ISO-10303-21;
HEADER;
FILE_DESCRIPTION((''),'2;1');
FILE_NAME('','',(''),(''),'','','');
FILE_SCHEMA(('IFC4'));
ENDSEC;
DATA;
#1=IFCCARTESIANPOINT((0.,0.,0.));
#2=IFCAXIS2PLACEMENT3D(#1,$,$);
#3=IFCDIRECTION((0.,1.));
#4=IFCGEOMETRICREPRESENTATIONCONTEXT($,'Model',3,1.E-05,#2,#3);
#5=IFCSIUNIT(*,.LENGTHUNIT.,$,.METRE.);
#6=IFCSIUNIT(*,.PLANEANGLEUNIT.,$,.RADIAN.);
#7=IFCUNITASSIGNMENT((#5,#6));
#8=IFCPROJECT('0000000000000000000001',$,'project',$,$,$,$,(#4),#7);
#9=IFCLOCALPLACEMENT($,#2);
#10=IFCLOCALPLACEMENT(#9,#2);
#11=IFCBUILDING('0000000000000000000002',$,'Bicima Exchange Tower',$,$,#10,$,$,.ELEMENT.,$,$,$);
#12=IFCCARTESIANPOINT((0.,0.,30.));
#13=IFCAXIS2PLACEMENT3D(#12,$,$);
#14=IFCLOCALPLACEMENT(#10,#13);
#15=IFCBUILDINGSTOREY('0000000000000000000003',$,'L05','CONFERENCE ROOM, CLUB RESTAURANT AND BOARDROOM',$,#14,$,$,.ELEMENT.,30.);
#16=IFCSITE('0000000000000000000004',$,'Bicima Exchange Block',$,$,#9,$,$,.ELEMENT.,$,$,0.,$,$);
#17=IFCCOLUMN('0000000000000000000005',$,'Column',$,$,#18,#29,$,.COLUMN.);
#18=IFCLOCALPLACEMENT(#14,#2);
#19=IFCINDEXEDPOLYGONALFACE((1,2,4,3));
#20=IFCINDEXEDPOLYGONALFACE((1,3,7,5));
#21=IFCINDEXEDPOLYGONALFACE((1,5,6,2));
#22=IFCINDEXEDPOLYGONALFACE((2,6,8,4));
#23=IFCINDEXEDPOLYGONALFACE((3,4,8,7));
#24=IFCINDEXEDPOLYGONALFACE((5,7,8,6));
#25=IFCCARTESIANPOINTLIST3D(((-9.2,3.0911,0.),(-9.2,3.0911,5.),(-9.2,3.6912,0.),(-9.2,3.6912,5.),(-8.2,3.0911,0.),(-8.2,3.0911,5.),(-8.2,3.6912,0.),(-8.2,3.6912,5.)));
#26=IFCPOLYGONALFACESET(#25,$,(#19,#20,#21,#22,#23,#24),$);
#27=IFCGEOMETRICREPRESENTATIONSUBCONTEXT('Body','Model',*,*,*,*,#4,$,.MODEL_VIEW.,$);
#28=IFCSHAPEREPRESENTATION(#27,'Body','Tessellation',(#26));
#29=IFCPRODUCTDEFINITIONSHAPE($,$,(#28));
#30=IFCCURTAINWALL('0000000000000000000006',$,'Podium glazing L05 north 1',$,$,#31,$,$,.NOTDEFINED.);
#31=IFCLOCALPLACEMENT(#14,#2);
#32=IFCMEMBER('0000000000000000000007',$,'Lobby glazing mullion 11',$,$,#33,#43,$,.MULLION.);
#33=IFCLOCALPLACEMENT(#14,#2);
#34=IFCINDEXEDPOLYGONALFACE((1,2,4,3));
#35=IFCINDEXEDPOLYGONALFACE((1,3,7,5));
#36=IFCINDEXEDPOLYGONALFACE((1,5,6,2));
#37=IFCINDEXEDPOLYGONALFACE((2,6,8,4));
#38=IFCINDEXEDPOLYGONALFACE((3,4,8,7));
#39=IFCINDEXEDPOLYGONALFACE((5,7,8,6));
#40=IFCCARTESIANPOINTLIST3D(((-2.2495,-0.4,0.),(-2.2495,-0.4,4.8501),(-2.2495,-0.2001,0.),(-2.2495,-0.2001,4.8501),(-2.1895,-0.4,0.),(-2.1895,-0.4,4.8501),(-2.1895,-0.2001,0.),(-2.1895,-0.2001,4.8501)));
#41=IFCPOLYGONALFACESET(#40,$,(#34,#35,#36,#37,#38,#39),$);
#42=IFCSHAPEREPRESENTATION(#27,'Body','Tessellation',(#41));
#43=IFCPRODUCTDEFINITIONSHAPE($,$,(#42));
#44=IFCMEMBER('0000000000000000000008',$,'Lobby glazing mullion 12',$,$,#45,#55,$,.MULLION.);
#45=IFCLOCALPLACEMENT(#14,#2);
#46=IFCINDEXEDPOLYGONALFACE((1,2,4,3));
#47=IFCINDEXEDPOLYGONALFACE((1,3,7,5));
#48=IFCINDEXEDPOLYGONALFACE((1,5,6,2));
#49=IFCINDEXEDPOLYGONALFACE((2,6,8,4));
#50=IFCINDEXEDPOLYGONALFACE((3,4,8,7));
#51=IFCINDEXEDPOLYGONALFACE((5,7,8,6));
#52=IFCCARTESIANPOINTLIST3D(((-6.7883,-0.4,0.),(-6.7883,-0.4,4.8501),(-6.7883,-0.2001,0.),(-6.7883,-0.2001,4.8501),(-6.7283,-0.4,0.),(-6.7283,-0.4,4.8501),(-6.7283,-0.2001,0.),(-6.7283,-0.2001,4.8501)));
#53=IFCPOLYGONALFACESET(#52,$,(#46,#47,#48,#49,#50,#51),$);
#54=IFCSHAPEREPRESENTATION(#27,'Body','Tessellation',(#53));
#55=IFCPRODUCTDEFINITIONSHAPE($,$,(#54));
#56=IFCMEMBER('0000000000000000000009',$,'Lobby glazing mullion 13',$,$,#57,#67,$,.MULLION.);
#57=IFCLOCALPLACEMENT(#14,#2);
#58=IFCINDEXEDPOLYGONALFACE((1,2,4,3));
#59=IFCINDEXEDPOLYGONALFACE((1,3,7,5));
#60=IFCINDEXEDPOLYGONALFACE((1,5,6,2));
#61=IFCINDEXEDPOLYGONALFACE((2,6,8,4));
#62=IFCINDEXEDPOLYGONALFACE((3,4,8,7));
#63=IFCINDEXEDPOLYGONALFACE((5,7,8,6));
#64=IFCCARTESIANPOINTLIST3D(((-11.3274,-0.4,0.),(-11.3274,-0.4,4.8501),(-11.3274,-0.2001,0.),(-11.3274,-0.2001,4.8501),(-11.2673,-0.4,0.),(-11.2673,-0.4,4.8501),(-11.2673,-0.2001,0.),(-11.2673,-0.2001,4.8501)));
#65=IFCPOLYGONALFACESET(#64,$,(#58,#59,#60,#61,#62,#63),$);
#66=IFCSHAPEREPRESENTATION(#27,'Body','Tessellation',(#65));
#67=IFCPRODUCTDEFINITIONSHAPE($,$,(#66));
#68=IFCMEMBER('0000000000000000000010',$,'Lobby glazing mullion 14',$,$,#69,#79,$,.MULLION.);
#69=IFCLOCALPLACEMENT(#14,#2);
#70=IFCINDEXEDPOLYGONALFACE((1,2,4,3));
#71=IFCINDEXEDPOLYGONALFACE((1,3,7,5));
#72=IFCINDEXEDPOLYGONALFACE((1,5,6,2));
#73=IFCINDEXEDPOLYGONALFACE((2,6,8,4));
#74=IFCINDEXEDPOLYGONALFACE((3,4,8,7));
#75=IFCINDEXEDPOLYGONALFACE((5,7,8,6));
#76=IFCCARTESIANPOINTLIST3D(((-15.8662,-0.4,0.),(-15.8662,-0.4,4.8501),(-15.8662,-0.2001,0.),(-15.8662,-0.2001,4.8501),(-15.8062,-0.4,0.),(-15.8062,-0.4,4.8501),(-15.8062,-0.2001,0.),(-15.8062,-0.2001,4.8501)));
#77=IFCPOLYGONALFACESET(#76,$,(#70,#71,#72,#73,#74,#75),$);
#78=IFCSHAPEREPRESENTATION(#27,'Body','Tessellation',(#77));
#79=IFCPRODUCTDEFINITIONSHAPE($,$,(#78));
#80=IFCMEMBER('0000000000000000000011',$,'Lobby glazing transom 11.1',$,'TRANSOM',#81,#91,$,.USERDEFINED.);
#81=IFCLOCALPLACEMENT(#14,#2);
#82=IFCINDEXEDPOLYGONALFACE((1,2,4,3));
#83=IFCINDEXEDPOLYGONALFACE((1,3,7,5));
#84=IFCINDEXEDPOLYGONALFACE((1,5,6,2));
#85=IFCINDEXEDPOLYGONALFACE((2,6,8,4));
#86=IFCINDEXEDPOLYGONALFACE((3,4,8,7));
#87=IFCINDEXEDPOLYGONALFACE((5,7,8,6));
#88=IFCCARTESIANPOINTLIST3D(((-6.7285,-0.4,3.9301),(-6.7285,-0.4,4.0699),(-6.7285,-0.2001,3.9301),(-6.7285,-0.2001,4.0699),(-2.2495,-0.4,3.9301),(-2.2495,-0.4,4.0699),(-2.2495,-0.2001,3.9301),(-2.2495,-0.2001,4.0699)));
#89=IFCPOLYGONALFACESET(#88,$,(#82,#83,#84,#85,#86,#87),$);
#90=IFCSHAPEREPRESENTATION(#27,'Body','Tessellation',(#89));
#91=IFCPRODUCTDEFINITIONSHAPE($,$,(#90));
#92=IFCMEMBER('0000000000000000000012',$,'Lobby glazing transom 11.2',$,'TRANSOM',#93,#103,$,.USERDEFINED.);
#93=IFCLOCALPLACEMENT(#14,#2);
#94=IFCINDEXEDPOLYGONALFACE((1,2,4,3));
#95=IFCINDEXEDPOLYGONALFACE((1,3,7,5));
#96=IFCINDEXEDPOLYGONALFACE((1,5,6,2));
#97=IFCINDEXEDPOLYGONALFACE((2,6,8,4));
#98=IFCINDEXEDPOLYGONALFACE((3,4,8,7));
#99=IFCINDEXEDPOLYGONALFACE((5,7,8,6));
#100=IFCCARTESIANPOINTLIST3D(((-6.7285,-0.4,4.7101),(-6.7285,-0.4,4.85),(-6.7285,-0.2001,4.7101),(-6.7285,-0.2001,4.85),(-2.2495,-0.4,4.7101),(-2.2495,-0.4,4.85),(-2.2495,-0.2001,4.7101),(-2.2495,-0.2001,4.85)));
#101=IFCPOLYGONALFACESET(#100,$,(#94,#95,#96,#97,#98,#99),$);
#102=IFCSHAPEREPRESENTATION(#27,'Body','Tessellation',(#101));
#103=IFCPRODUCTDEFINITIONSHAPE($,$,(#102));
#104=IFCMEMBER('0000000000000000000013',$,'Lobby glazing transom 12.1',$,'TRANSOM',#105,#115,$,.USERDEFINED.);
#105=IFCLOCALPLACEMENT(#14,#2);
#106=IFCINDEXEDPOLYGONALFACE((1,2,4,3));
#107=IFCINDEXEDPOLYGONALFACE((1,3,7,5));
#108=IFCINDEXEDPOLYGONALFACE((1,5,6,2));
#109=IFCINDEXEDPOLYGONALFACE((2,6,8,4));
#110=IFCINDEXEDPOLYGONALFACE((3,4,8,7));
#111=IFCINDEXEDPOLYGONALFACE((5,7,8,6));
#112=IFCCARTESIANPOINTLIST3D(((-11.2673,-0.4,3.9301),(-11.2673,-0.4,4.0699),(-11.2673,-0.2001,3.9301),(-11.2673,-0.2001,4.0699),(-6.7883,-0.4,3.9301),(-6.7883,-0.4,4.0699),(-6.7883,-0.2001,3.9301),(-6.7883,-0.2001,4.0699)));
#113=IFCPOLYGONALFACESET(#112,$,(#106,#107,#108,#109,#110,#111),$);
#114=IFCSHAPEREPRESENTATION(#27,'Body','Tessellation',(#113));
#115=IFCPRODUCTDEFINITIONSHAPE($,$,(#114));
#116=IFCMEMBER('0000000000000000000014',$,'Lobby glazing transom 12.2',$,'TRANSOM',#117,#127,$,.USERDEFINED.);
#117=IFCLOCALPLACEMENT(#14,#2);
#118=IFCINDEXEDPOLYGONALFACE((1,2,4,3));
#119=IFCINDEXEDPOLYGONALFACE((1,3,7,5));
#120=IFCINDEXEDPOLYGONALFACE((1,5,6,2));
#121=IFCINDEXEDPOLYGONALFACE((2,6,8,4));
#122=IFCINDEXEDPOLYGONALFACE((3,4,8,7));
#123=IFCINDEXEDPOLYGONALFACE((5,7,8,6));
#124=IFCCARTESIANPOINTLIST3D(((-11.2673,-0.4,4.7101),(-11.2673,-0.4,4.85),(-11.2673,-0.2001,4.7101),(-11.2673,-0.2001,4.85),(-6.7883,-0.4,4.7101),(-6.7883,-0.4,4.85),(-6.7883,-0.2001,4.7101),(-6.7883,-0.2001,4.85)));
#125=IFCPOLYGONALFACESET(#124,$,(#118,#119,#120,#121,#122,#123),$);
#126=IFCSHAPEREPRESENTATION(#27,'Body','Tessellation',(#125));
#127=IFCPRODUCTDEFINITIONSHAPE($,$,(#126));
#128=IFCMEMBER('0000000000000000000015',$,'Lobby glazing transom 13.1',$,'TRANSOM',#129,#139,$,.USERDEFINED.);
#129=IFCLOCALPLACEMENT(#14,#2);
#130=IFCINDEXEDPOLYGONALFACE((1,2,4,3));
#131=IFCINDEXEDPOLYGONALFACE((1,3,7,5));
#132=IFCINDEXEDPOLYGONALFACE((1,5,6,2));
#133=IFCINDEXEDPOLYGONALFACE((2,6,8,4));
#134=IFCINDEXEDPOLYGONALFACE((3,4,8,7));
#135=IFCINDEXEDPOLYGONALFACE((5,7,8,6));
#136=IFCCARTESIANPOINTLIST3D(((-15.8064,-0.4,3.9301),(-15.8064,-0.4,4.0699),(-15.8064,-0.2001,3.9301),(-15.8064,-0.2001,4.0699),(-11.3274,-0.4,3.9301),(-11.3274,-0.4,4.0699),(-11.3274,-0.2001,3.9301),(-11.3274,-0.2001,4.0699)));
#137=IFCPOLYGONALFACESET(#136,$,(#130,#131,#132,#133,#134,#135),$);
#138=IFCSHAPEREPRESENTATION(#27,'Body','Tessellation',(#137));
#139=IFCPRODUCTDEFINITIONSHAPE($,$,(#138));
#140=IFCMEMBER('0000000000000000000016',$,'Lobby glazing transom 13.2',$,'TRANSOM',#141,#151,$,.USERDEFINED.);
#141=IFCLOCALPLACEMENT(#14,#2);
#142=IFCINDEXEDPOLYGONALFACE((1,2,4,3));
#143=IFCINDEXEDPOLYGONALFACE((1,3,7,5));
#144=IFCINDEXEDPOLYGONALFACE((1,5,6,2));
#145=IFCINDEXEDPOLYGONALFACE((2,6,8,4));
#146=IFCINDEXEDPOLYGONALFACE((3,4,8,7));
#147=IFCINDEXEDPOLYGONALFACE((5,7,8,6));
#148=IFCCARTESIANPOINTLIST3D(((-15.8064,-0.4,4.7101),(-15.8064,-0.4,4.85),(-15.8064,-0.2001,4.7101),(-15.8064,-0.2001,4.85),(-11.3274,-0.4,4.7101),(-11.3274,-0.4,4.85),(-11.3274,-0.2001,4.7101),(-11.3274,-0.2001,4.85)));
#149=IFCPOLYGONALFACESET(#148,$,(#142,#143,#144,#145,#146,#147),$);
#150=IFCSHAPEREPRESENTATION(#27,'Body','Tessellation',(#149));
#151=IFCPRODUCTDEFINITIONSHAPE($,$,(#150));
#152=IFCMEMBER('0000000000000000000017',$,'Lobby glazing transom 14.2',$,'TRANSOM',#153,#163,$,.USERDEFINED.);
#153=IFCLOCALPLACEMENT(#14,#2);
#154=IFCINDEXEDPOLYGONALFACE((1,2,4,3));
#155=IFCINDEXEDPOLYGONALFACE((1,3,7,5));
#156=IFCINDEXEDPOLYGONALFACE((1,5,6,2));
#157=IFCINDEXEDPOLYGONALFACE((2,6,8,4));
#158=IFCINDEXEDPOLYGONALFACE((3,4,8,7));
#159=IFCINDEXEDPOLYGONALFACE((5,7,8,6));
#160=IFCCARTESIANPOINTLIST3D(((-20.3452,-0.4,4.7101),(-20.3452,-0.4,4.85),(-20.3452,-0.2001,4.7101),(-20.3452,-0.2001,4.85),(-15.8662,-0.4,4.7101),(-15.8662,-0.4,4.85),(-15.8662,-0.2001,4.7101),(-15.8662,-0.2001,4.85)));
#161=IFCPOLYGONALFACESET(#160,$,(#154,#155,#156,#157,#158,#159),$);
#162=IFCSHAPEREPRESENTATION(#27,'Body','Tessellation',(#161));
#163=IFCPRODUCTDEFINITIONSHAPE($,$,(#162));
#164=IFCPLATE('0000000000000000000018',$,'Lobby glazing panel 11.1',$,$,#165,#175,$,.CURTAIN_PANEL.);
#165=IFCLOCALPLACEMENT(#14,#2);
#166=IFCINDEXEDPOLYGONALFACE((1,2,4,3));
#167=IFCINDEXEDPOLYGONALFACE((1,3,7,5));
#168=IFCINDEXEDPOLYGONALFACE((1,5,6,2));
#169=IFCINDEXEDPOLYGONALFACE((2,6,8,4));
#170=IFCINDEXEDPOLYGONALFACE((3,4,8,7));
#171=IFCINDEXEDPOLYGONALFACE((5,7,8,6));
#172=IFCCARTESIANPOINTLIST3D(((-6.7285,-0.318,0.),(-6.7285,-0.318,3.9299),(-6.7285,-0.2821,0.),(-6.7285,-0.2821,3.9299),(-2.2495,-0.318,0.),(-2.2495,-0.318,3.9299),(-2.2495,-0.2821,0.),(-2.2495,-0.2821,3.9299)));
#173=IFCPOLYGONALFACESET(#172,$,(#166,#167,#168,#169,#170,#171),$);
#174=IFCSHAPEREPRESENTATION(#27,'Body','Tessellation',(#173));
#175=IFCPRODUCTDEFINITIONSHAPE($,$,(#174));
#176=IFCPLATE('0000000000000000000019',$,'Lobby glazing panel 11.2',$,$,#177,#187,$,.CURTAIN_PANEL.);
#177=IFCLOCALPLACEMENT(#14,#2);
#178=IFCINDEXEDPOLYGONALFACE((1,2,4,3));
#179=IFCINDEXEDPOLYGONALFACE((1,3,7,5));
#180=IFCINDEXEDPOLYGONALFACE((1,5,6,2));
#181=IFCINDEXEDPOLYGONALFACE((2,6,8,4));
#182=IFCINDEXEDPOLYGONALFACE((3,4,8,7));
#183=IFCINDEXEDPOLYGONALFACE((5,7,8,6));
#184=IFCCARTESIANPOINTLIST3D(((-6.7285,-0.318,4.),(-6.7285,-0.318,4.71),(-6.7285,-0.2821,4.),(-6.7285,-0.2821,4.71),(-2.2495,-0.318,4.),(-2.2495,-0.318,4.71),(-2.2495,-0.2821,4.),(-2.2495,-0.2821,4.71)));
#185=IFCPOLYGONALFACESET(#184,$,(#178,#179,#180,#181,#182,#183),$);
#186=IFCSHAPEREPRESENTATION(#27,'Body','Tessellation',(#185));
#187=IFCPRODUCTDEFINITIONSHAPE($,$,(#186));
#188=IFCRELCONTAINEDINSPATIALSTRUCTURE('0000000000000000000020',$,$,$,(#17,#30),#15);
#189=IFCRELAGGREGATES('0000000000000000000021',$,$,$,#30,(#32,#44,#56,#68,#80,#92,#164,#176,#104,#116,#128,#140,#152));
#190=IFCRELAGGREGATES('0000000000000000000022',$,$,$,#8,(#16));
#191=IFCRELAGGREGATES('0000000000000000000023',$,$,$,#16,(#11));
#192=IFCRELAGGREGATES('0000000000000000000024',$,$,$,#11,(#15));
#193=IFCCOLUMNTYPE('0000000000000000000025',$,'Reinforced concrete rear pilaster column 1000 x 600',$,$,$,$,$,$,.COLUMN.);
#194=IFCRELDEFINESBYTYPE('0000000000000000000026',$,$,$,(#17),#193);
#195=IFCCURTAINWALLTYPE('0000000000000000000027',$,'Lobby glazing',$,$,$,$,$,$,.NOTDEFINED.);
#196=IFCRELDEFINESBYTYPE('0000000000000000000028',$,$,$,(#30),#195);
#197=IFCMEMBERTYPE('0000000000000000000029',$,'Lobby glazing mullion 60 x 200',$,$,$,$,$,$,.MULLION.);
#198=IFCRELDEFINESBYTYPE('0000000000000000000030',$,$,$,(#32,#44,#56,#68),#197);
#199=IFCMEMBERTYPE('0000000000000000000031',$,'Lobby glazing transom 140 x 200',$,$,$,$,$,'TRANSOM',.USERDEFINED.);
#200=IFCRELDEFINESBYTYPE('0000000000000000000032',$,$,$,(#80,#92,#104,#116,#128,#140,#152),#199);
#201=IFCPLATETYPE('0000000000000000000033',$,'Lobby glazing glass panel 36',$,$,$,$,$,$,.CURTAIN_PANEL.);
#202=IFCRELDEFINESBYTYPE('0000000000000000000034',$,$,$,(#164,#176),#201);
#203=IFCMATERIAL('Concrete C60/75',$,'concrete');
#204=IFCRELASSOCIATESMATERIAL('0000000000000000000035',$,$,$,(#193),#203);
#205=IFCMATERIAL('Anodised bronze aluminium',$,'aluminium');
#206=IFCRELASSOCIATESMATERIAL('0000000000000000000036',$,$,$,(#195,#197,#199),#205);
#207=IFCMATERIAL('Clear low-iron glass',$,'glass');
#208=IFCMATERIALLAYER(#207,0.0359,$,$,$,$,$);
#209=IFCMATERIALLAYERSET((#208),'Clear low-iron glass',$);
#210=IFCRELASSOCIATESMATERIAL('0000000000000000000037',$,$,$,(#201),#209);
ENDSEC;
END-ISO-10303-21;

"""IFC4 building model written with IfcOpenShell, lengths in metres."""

from ifc_helpers import new_model, si_unit, direction, frame, origin, origin_2d, place, context, subcontext, project, spatial, rectangle, extrude, material, layer, layer_set, material_profile, profile_set, type_object, element, aggregate, save


model = new_model("IFC4")

# Units and contexts
model_context = context("Model", 3, precision=1e-05, world=origin(), true_north=direction((0.0, 1.0)))
body_context = subcontext(model_context, "Body", "Model", "MODEL_VIEW")
ifc_project = project(units=[si_unit("LENGTHUNIT", "METRE"), si_unit("PLANEANGLEUNIT", "RADIAN")], contexts=[model_context])

# Site, building, storey
site_placement = place(None, origin())
site = spatial("IfcSite", under=ifc_project, at=site_placement, Name="Bicima Exchange Block", CompositionType="ELEMENT", RefElevation=0.0)
building_placement = place(site_placement, origin())
building = spatial("IfcBuilding", under=site, at=building_placement, Name="Bicima Exchange Tower", CompositionType="ELEMENT")
storey_placement = place(building_placement, frame((0.0, 0.0, 30.0)))
storey = spatial("IfcBuildingStorey", under=building, at=storey_placement, Name="L05", Description="CONFERENCE ROOM, CLUB RESTAURANT AND BOARDROOM", CompositionType="ELEMENT", Elevation=30.0)

# Column
ifc_material_1 = material(Name="Concrete C60/75", Category="concrete")
ifc_material_profile_1 = material_profile(ifc_material_1, rectangle(XDim=1.0, YDim=0.6001, at=origin_2d()))
ifc_profile_set_1 = profile_set([ifc_material_profile_1], Name="Concrete C60/75")
column_type = type_object("IfcColumnType", Name="Reinforced concrete rear pilaster column 1000 x 600", PredefinedType="COLUMN", material=ifc_profile_set_1)
column_placement = place(storey_placement, frame((-8.7, 3.3911, 0.0), z_axis=(0.0, 0.0, 1.0), x_axis=(1.0, 0.0, 0.0)))
element("IfcColumn", 1, at=column_placement, inside=storey, type_object=column_type, Name="Column", PredefinedType="COLUMN", context=body_context, shape_type="SweptSolid", body=[
    extrude(rectangle(XDim=1.0, YDim=0.6001, at=origin_2d()), origin(), (0.0, 0.0, 1.0), 5.0),
])

# Curtain wall, members, plates
ifc_material_2 = material(Name="Anodised bronze aluminium", Category="aluminium")
curtain_wall_type = type_object("IfcCurtainWallType", Name="Lobby glazing", PredefinedType="NOTDEFINED", material=ifc_material_2)
curtain_wall_placement = place(storey_placement, origin())
curtain_wall = element("IfcCurtainWall", 2, at=curtain_wall_placement, inside=storey, type_object=curtain_wall_type, Name="Podium glazing L05 north 1", PredefinedType="NOTDEFINED")
ifc_material_profile_2 = material_profile(ifc_material_2, rectangle(XDim=0.2, YDim=0.0601, at=origin_2d()))
ifc_profile_set_2 = profile_set([ifc_material_profile_2], Name="Anodised bronze aluminium")
member_type_1 = type_object("IfcMemberType", Name="Lobby glazing mullion 60 x 200", PredefinedType="MULLION", material=ifc_profile_set_2)
member_1_placement = place(storey_placement, frame((-2.2195, -0.3, 0.0), z_axis=(0.0, 0.0, 1.0), x_axis=(0.0, -1.0, 0.0)))
member_1 = element("IfcMember", 3, at=member_1_placement, type_object=member_type_1, Name="Lobby glazing mullion 11", PredefinedType="MULLION", context=body_context, shape_type="SweptSolid", body=[
    extrude(rectangle(XDim=0.2, YDim=0.0601, at=origin_2d()), origin(), (0.0, 0.0, 1.0), 4.8501),
])
member_2_placement = place(storey_placement, frame((-6.7583, -0.3, 0.0), z_axis=(0.0, 0.0, 1.0), x_axis=(0.0, -1.0, 0.0)))
member_2 = element("IfcMember", 4, at=member_2_placement, type_object=member_type_1, Name="Lobby glazing mullion 12", PredefinedType="MULLION", context=body_context, shape_type="SweptSolid", body=[
    extrude(rectangle(XDim=0.2, YDim=0.0601, at=origin_2d()), origin(), (0.0, 0.0, 1.0), 4.8501),
])
member_3_placement = place(storey_placement, frame((-11.2974, -0.3, 0.0), z_axis=(0.0, 0.0, 1.0), x_axis=(0.0, -1.0, 0.0)))
member_3 = element("IfcMember", 5, at=member_3_placement, type_object=member_type_1, Name="Lobby glazing mullion 13", PredefinedType="MULLION", context=body_context, shape_type="SweptSolid", body=[
    extrude(rectangle(XDim=0.2, YDim=0.0601, at=origin_2d()), origin(), (0.0, 0.0, 1.0), 4.8501),
])
member_4_placement = place(storey_placement, frame((-15.8362, -0.3, 0.0), z_axis=(0.0, 0.0, 1.0), x_axis=(0.0, -1.0, 0.0)))
member_4 = element("IfcMember", 6, at=member_4_placement, type_object=member_type_1, Name="Lobby glazing mullion 14", PredefinedType="MULLION", context=body_context, shape_type="SweptSolid", body=[
    extrude(rectangle(XDim=0.2, YDim=0.0601, at=origin_2d()), origin(), (0.0, 0.0, 1.0), 4.8501),
])
ifc_material_profile_3 = material_profile(ifc_material_2, rectangle(XDim=0.2, YDim=0.1399, at=origin_2d()))
ifc_profile_set_3 = profile_set([ifc_material_profile_3], Name="Anodised bronze aluminium")
member_type_2 = type_object("IfcMemberType", Name="Lobby glazing transom 140 x 200", ElementType="TRANSOM", PredefinedType="USERDEFINED", material=ifc_profile_set_3)
member_5_placement = place(storey_placement, frame((-2.2495, -0.3, 4.0), z_axis=(-1.0, 0.0, 0.0), x_axis=(0.0, -1.0, 0.0)))
member_5 = element("IfcMember", 7, at=member_5_placement, type_object=member_type_2, Name="Lobby glazing transom 11.1", ObjectType="TRANSOM", PredefinedType="USERDEFINED", context=body_context, shape_type="SweptSolid", body=[
    extrude(rectangle(XDim=0.2, YDim=0.1399, at=origin_2d()), origin(), (0.0, 0.0, 1.0), 4.479),
])
member_6_placement = place(storey_placement, frame((-2.2495, -0.3, 4.78), z_axis=(-1.0, 0.0, 0.0), x_axis=(0.0, -1.0, 0.0)))
member_6 = element("IfcMember", 8, at=member_6_placement, type_object=member_type_2, Name="Lobby glazing transom 11.2", ObjectType="TRANSOM", PredefinedType="USERDEFINED", context=body_context, shape_type="SweptSolid", body=[
    extrude(rectangle(XDim=0.2, YDim=0.1399, at=origin_2d()), origin(), (0.0, 0.0, 1.0), 4.479),
])
member_7_placement = place(storey_placement, frame((-6.7883, -0.3, 4.0), z_axis=(-1.0, 0.0, 0.0), x_axis=(0.0, -1.0, 0.0)))
member_7 = element("IfcMember", 9, at=member_7_placement, type_object=member_type_2, Name="Lobby glazing transom 12.1", ObjectType="TRANSOM", PredefinedType="USERDEFINED", context=body_context, shape_type="SweptSolid", body=[
    extrude(rectangle(XDim=0.2, YDim=0.1399, at=origin_2d()), origin(), (0.0, 0.0, 1.0), 4.479),
])
member_8_placement = place(storey_placement, frame((-6.7883, -0.3, 4.78), z_axis=(-1.0, 0.0, 0.0), x_axis=(0.0, -1.0, 0.0)))
member_8 = element("IfcMember", 10, at=member_8_placement, type_object=member_type_2, Name="Lobby glazing transom 12.2", ObjectType="TRANSOM", PredefinedType="USERDEFINED", context=body_context, shape_type="SweptSolid", body=[
    extrude(rectangle(XDim=0.2, YDim=0.1399, at=origin_2d()), origin(), (0.0, 0.0, 1.0), 4.479),
])
member_9_placement = place(storey_placement, frame((-11.3274, -0.3, 4.0), z_axis=(-1.0, 0.0, 0.0), x_axis=(0.0, -1.0, 0.0)))
member_9 = element("IfcMember", 11, at=member_9_placement, type_object=member_type_2, Name="Lobby glazing transom 13.1", ObjectType="TRANSOM", PredefinedType="USERDEFINED", context=body_context, shape_type="SweptSolid", body=[
    extrude(rectangle(XDim=0.2, YDim=0.1399, at=origin_2d()), origin(), (0.0, 0.0, 1.0), 4.479),
])
member_10_placement = place(storey_placement, frame((-11.3274, -0.3, 4.78), z_axis=(-1.0, 0.0, 0.0), x_axis=(0.0, -1.0, 0.0)))
member_10 = element("IfcMember", 12, at=member_10_placement, type_object=member_type_2, Name="Lobby glazing transom 13.2", ObjectType="TRANSOM", PredefinedType="USERDEFINED", context=body_context, shape_type="SweptSolid", body=[
    extrude(rectangle(XDim=0.2, YDim=0.1399, at=origin_2d()), origin(), (0.0, 0.0, 1.0), 4.479),
])
member_11_placement = place(storey_placement, frame((-15.8662, -0.3, 4.78), z_axis=(-1.0, 0.0, 0.0), x_axis=(0.0, -1.0, 0.0)))
member_11 = element("IfcMember", 13, at=member_11_placement, type_object=member_type_2, Name="Lobby glazing transom 14.2", ObjectType="TRANSOM", PredefinedType="USERDEFINED", context=body_context, shape_type="SweptSolid", body=[
    extrude(rectangle(XDim=0.2, YDim=0.1399, at=origin_2d()), origin(), (0.0, 0.0, 1.0), 4.479),
])
ifc_material_3 = material(Name="Clear low-iron glass", Category="glass")
ifc_layer_1 = layer(ifc_material_3, 0.0359)
ifc_layer_set_1 = layer_set([ifc_layer_1], Name="Clear low-iron glass")
plate_type = type_object("IfcPlateType", Name="Lobby glazing glass panel 36", PredefinedType="CURTAIN_PANEL", material=ifc_layer_set_1)
plate_1_placement = place(storey_placement, frame((-4.489, -0.3, 0.0), z_axis=(0.0, 0.0, 1.0), x_axis=(-1.0, 0.0, 0.0)))
plate_1 = element("IfcPlate", 14, at=plate_1_placement, type_object=plate_type, Name="Lobby glazing panel 11.1", PredefinedType="CURTAIN_PANEL", context=body_context, shape_type="SweptSolid", body=[
    extrude(rectangle(XDim=4.479, YDim=0.0359, at=origin_2d()), origin(), (0.0, 0.0, 1.0), 3.9299),
])
plate_2_placement = place(storey_placement, frame((-4.489, -0.3, 4.0), z_axis=(0.0, 0.0, 1.0), x_axis=(-1.0, 0.0, 0.0)))
plate_2 = element("IfcPlate", 15, at=plate_2_placement, type_object=plate_type, Name="Lobby glazing panel 11.2", PredefinedType="CURTAIN_PANEL", context=body_context, shape_type="SweptSolid", body=[
    extrude(rectangle(XDim=4.479, YDim=0.0359, at=origin_2d()), origin(), (0.0, 0.0, 1.0), 0.71),
])
aggregate(curtain_wall, [member_1, member_2, member_3, member_4, member_5, member_6, plate_1, plate_2, member_7, member_8, member_9, member_10, member_11])

save(model, "model.ifc")
